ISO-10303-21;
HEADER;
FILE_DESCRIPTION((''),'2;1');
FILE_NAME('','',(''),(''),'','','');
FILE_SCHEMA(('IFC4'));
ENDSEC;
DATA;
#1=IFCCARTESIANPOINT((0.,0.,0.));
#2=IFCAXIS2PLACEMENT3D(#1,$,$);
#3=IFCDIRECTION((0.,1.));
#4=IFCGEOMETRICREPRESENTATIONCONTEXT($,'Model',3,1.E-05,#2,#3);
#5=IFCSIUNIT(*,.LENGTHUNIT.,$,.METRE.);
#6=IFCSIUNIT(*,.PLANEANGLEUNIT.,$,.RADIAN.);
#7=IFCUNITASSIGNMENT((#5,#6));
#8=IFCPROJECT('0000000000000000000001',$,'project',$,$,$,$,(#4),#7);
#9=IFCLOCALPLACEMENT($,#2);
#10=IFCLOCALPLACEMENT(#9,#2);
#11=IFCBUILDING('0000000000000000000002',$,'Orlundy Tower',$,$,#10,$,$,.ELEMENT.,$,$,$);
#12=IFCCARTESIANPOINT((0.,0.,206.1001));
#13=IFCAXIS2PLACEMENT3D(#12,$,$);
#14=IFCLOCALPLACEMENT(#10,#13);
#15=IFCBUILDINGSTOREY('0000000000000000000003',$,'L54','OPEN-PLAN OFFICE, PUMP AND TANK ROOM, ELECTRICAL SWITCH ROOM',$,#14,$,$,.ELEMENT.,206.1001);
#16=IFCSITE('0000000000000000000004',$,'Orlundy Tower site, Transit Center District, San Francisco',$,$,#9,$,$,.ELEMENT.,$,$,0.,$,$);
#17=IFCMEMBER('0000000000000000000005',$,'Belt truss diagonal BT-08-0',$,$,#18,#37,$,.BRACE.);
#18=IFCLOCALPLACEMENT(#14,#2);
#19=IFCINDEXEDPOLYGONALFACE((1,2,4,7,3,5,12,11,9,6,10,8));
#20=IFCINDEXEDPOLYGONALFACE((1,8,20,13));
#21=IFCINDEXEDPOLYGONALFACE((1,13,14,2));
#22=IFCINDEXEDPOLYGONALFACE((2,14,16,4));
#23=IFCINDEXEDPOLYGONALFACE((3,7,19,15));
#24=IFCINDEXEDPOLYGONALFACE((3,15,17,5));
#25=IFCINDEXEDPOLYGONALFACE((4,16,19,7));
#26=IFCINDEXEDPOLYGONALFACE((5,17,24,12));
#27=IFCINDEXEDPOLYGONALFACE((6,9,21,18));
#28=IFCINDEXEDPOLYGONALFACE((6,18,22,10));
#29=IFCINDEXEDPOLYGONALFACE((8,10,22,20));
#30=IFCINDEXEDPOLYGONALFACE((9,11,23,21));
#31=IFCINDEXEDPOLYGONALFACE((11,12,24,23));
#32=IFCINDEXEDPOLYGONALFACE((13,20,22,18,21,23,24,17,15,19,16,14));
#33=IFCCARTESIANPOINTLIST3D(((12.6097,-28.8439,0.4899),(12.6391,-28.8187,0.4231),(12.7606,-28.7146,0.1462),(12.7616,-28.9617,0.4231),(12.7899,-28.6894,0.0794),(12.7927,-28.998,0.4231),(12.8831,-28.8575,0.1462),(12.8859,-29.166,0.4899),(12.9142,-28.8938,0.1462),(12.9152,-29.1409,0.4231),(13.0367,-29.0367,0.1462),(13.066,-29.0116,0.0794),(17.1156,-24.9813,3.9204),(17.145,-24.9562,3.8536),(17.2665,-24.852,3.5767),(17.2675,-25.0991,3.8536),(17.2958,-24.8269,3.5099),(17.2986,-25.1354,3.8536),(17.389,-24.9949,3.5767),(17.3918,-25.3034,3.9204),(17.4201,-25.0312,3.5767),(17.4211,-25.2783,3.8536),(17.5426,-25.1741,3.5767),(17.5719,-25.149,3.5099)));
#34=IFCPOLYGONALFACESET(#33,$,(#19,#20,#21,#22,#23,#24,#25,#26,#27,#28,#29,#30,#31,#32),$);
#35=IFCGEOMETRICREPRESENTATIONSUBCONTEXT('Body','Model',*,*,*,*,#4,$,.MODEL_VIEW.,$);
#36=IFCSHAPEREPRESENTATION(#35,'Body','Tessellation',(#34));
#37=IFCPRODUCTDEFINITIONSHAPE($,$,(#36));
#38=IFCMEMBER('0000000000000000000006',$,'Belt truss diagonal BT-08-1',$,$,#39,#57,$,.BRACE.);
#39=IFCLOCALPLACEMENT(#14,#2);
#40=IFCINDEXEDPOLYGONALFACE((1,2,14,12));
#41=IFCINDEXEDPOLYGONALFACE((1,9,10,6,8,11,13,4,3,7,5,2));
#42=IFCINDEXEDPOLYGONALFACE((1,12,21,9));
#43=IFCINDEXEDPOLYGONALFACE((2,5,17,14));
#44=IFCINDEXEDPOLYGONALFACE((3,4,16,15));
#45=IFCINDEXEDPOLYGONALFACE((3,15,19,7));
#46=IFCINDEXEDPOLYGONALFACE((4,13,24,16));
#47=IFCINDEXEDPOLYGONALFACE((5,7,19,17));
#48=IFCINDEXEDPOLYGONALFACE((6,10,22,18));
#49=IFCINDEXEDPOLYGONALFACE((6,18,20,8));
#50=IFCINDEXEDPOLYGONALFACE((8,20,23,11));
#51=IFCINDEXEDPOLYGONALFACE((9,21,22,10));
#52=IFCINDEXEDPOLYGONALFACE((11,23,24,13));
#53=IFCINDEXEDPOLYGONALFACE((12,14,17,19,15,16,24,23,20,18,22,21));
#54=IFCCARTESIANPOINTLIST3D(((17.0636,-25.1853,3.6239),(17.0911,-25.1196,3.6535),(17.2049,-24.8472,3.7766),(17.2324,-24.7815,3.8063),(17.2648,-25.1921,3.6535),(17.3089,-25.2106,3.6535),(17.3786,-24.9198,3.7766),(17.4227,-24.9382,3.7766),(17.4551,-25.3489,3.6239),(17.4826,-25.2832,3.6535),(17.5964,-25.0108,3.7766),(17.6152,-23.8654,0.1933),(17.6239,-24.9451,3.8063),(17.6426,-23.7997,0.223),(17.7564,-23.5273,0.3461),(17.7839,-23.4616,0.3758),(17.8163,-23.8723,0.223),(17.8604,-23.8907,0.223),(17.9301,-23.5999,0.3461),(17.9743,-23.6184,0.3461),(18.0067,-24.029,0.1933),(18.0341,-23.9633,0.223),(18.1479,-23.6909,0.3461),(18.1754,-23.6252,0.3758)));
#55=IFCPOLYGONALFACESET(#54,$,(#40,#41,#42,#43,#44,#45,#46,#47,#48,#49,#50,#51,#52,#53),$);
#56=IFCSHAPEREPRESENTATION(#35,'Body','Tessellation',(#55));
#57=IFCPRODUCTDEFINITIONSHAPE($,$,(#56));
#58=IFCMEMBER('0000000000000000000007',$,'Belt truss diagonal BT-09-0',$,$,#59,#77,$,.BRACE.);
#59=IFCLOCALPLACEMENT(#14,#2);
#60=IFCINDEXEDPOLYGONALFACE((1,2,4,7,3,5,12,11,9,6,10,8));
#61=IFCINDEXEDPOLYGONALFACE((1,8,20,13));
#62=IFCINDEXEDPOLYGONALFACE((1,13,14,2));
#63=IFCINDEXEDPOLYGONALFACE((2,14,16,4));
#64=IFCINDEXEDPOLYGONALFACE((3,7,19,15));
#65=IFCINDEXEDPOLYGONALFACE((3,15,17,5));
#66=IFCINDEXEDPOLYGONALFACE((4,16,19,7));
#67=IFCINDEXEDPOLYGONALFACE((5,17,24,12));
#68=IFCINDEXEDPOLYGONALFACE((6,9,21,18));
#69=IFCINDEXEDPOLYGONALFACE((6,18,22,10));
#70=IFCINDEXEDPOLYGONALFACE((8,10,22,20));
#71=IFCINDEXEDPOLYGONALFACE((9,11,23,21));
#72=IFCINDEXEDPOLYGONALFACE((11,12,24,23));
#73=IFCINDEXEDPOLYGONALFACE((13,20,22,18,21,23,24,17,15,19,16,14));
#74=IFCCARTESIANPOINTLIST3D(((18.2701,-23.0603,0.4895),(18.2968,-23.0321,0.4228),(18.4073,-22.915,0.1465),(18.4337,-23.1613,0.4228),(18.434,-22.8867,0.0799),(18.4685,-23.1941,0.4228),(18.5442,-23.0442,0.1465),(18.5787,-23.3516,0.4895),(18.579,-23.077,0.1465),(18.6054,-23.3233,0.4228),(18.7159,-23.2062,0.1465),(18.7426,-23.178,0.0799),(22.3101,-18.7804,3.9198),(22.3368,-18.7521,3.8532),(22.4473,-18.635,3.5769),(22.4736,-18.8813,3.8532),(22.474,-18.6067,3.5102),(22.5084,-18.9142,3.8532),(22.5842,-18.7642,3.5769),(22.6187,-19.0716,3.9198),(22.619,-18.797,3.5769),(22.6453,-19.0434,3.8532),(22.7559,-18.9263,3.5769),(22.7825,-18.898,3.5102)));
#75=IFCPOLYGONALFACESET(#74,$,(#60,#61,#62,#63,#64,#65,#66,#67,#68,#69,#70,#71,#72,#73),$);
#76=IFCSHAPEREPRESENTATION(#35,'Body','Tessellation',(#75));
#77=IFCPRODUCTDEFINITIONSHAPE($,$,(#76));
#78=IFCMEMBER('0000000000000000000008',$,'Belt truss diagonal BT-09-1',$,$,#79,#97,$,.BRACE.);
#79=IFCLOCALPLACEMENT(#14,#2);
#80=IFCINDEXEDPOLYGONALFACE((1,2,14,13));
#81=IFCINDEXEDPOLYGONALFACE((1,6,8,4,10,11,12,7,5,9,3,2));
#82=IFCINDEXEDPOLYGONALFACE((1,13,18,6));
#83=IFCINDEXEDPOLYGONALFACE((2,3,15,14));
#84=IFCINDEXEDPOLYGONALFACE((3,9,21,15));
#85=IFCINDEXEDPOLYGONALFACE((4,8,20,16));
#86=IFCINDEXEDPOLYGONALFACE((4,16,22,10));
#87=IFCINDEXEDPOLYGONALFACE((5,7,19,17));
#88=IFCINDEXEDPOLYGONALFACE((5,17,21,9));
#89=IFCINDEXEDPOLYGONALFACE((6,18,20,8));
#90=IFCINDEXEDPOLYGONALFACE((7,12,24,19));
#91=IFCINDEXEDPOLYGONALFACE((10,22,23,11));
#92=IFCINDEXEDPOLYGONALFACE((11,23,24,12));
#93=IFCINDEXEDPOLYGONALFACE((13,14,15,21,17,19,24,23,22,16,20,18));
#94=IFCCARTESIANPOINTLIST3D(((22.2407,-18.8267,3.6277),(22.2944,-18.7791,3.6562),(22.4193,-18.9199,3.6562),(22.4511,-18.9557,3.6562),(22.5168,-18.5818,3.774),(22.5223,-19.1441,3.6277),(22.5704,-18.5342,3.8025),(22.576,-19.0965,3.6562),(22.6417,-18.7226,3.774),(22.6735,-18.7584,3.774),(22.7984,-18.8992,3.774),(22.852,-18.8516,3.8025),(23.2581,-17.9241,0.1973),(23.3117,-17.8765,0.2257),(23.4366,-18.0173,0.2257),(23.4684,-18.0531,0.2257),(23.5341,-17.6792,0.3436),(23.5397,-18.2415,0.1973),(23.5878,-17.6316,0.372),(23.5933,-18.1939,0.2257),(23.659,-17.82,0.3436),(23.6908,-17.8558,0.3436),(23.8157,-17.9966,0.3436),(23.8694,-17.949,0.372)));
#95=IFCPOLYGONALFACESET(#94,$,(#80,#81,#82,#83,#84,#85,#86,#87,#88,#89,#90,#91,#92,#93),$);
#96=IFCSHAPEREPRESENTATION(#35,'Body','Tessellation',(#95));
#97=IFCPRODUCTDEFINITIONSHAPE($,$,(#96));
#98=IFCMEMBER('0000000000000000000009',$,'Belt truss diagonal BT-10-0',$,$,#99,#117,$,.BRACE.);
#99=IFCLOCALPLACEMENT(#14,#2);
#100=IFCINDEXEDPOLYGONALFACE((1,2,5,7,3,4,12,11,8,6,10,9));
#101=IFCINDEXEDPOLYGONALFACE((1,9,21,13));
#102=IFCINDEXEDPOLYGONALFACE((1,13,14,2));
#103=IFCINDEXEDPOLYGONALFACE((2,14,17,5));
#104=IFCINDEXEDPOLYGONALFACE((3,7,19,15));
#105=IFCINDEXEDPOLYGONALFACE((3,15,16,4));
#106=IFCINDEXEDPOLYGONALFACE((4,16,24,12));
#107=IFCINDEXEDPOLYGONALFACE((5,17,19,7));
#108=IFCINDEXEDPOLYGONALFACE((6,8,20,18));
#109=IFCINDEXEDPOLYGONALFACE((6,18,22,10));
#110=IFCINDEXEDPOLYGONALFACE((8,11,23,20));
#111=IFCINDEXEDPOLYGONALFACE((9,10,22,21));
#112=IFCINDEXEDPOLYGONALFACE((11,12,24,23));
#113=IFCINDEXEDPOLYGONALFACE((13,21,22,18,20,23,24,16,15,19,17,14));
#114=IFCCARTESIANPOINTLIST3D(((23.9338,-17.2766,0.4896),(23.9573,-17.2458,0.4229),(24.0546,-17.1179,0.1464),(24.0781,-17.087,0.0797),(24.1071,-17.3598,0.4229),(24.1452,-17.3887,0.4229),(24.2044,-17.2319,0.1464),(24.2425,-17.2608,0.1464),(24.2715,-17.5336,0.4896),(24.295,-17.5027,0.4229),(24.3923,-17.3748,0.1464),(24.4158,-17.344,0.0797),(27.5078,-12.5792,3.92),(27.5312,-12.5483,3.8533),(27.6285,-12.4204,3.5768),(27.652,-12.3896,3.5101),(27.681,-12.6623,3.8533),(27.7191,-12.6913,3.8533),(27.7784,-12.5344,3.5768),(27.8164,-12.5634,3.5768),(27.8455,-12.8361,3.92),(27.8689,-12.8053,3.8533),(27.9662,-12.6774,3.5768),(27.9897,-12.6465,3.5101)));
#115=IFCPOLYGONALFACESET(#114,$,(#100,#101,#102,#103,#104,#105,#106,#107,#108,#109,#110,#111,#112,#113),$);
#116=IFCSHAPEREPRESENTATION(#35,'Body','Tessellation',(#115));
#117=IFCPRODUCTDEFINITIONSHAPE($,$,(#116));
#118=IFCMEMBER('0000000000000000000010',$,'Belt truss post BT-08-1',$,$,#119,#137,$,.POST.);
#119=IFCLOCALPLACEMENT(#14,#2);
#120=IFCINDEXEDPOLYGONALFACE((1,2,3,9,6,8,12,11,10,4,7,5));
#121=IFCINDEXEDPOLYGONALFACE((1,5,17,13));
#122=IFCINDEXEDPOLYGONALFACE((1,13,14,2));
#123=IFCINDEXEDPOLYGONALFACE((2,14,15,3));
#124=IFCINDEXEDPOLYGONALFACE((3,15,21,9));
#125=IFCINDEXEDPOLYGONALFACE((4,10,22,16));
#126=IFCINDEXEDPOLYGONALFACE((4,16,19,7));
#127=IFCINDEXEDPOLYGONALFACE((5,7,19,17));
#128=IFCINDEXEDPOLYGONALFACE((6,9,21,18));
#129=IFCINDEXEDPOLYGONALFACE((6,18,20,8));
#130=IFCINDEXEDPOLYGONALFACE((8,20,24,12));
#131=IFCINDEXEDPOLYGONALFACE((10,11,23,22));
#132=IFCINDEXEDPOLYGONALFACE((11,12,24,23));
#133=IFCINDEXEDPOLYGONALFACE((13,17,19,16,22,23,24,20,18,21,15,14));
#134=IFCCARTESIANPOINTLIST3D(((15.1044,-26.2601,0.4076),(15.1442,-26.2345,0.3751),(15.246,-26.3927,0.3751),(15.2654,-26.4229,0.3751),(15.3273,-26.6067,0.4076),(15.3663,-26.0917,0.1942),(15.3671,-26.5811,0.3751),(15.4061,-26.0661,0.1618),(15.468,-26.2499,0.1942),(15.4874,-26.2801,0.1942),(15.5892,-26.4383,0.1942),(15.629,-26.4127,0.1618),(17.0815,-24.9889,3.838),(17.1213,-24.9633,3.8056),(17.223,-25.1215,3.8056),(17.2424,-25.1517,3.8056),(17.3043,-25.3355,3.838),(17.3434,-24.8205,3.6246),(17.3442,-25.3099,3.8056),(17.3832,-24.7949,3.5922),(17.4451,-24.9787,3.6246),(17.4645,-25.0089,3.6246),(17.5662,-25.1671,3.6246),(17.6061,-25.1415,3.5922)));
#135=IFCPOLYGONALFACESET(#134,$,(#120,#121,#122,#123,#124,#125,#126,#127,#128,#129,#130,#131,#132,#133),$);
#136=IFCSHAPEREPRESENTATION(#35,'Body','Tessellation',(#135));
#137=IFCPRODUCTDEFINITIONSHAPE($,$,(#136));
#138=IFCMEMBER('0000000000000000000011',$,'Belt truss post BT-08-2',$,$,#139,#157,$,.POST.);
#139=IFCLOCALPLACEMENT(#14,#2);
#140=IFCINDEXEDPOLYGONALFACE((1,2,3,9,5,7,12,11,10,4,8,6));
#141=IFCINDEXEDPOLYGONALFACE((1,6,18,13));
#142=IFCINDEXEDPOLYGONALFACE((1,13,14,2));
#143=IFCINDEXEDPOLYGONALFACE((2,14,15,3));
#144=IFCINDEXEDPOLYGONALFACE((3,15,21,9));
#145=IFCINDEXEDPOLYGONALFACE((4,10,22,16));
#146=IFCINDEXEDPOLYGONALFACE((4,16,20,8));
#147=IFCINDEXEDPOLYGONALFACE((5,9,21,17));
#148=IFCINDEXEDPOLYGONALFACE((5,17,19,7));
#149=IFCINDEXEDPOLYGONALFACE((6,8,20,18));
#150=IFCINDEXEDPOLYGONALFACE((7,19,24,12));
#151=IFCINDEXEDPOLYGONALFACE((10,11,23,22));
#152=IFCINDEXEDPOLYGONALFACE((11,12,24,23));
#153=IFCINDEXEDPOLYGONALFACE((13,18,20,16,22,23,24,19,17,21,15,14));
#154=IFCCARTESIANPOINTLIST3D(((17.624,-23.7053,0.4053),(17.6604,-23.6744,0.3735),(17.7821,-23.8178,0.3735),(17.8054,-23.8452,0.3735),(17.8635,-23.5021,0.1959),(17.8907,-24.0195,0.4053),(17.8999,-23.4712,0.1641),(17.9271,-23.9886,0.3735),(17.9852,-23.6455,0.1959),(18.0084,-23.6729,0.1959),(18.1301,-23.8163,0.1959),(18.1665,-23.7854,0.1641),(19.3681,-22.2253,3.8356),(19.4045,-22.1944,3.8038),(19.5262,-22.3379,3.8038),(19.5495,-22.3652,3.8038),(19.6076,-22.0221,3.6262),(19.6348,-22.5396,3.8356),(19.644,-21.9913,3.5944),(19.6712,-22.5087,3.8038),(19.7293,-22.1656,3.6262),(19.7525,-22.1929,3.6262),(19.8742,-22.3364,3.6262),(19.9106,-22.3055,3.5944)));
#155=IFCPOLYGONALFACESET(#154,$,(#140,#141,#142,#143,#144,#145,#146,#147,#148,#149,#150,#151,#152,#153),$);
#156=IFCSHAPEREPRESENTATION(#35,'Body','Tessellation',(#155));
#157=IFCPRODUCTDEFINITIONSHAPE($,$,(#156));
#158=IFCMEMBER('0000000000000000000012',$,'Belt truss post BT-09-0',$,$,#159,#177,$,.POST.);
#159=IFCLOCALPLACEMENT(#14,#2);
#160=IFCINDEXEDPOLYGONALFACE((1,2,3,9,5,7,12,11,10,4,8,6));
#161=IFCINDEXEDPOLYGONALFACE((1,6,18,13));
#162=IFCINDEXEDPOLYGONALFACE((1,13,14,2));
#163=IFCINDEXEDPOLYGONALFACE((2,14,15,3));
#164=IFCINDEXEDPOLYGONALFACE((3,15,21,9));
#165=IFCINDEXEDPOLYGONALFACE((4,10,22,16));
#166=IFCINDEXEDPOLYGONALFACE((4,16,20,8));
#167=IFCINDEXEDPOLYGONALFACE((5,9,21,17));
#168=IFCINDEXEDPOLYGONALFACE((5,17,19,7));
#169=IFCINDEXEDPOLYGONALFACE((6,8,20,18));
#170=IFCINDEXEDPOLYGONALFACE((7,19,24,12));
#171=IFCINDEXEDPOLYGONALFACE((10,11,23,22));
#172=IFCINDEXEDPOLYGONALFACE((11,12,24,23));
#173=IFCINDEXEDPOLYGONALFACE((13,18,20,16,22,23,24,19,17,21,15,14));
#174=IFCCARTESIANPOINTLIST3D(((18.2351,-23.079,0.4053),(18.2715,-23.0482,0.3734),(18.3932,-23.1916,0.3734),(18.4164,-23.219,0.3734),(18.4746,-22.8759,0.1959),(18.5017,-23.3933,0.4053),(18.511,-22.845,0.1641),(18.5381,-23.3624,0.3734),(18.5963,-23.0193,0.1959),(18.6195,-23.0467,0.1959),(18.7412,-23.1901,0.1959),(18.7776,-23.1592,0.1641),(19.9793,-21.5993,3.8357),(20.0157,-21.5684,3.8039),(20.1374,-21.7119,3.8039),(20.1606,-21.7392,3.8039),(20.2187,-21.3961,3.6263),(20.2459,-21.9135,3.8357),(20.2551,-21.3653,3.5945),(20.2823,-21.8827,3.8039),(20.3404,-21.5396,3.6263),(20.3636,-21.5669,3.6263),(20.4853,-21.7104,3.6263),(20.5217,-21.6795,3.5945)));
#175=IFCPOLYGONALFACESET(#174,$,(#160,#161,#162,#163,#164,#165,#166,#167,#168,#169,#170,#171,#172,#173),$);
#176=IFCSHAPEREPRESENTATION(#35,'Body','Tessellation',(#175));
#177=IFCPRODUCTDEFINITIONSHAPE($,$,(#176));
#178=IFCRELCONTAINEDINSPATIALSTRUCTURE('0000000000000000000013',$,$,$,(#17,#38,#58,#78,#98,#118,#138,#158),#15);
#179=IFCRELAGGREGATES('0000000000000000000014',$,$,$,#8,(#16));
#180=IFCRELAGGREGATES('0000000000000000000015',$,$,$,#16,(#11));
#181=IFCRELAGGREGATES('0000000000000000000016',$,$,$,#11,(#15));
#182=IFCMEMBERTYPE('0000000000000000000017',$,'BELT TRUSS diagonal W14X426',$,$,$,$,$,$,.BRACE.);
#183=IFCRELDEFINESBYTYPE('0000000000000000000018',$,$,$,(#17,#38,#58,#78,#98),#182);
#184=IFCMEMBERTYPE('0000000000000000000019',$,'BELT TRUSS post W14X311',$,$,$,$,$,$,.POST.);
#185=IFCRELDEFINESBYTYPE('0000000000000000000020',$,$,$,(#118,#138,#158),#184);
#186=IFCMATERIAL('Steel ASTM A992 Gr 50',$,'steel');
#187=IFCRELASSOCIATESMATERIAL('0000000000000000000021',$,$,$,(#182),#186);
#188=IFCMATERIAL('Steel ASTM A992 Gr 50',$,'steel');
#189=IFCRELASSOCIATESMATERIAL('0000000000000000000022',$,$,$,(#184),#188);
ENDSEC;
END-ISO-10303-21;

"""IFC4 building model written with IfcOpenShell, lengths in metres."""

from ifc_helpers import new_model, si_unit, direction, frame, origin, origin_2d, place, context, subcontext, project, spatial, i_section, extrude, material, material_profile, profile_set, type_object, element, save


model = new_model("IFC4")

# Units and contexts
model_context = context("Model", 3, precision=1e-05, world=origin(), true_north=direction((0.0, 1.0)))
body_context = subcontext(model_context, "Body", "Model", "MODEL_VIEW")
ifc_project = project(units=[si_unit("LENGTHUNIT", "METRE"), si_unit("PLANEANGLEUNIT", "RADIAN")], contexts=[model_context])

# Site, building, storey
site_placement = place(None, origin())
site = spatial("IfcSite", under=ifc_project, at=site_placement, Name="Orlundy Tower site, Transit Center District, San Francisco", CompositionType="ELEMENT", RefElevation=0.0)
building_placement = place(site_placement, origin())
building = spatial("IfcBuilding", under=site, at=building_placement, Name="Orlundy Tower", CompositionType="ELEMENT")
storey_placement = place(building_placement, frame((0.0, 0.0, 206.1001)))
storey = spatial("IfcBuildingStorey", under=building, at=storey_placement, Name="L54", Description="OPEN-PLAN OFFICE, PUMP AND TANK ROOM, ELECTRICAL SWITCH ROOM", CompositionType="ELEMENT", Elevation=206.1001)

# Members
ifc_material_1 = material(Name="Steel ASTM A992 Gr 50", Category="steel")
ifc_material_profile_1 = material_profile(ifc_material_1, i_section(OverallWidth=0.4243, OverallDepth=0.4741, WebThickness=0.0479, FlangeThickness=0.0771, at=origin_2d()), Name="W14X426")
ifc_profile_set_1 = profile_set([ifc_material_profile_1], Name="Steel ASTM A992 Gr 50")
member_type_1 = type_object("IfcMemberType", Name="BELT TRUSS diagonal W14X426", PredefinedType="BRACE", material=ifc_profile_set_1)
member_1_placement = place(storey_placement, frame((12.8379, -28.9277, 0.2847), z_axis=(0.657318, 0.563472, 0.500432), x_axis=(-0.650829, 0.759225, 0.0)))
element("IfcMember", 1, at=member_1_placement, inside=storey, type_object=member_type_1, Name="Belt truss diagonal BT-08-0", PredefinedType="BRACE", context=body_context, shape_type="SweptSolid", body=[
    extrude(i_section(OverallWidth=0.4243, OverallDepth=0.4741, WebThickness=0.0479, FlangeThickness=0.0771, at=origin_2d()), origin(), (0.0, 0.0, 1.0), 6.855),
])
member_2_placement = place(storey_placement, frame((17.3438, -25.0652, 3.7151), z_axis=(0.148388, 0.355106, -0.922974), x_axis=(-0.922683, 0.38556, 0.0)))
element("IfcMember", 2, at=member_2_placement, inside=storey, type_object=member_type_1, Name="Belt truss diagonal BT-08-1", PredefinedType="BRACE", context=body_context, shape_type="SweptSolid", body=[
    extrude(i_section(OverallWidth=0.4243, OverallDepth=0.4741, WebThickness=0.0479, FlangeThickness=0.0771, at=origin_2d()), origin(), (0.0, 0.0, 1.0), 3.7168),
])
member_3_placement = place(storey_placement, frame((18.5063, -23.1191, 0.2847), z_axis=(0.593045, 0.628273, 0.503558), x_axis=(-0.727201, 0.686425, 0.0)))
element("IfcMember", 3, at=member_3_placement, inside=storey, type_object=member_type_1, Name="Belt truss diagonal BT-09-0", PredefinedType="BRACE", context=body_context, shape_type="SweptSolid", body=[
    extrude(i_section(OverallWidth=0.4243, OverallDepth=0.4741, WebThickness=0.0479, FlangeThickness=0.0771, at=origin_2d()), origin(), (0.0, 0.0, 1.0), 6.8123),
])
member_4_placement = place(storey_placement, frame((22.5464, -18.8391, 3.7151), z_axis=(0.275687, 0.244592, -0.929608), x_axis=(-0.663662, 0.748033, 0.0)))
element("IfcMember", 4, at=member_4_placement, inside=storey, type_object=member_type_1, Name="Belt truss diagonal BT-09-1", PredefinedType="BRACE", context=body_context, shape_type="SweptSolid", body=[
    extrude(i_section(OverallWidth=0.4243, OverallDepth=0.4741, WebThickness=0.0479, FlangeThickness=0.0771, at=origin_2d()), origin(), (0.0, 0.0, 1.0), 3.6902),
])
member_5_placement = place(storey_placement, frame((24.1748, -17.3103, 0.2847), z_axis=(0.523507, 0.68808, 0.50248), x_axis=(-0.795846, 0.605498, 0.0)))
element("IfcMember", 5, at=member_5_placement, inside=storey, type_object=member_type_1, Name="Belt truss diagonal BT-10-0", PredefinedType="BRACE", context=body_context, shape_type="SweptSolid", body=[
    extrude(i_section(OverallWidth=0.4243, OverallDepth=0.4741, WebThickness=0.0479, FlangeThickness=0.0771, at=origin_2d()), origin(), (0.0, 0.0, 1.0), 6.8269),
])
ifc_material_2 = material(Name="Steel ASTM A992 Gr 50", Category="steel")
ifc_material_profile_2 = material_profile(ifc_material_2, i_section(OverallWidth=0.4121, OverallDepth=0.4348, WebThickness=0.0359, FlangeThickness=0.0574, at=origin_2d()), Name="W14X311")
ifc_profile_set_2 = profile_set([ifc_material_profile_2], Name="Steel ASTM A992 Gr 50")
member_type_2 = type_object("IfcMemberType", Name="BELT TRUSS post W14X311", PredefinedType="POST", material=ifc_profile_set_2)
member_6_placement = place(storey_placement, frame((15.3667, -26.3364, 0.2847), z_axis=(0.475432, 0.305702, 0.824931), x_axis=(-0.540842, 0.841124, 0.0)))
element("IfcMember", 6, at=member_6_placement, inside=storey, type_object=member_type_2, Name="Belt truss post BT-08-1", PredefinedType="POST", context=body_context, shape_type="SweptSolid", body=[
    extrude(i_section(OverallWidth=0.4121, OverallDepth=0.4348, WebThickness=0.0359, FlangeThickness=0.0574, at=origin_2d()), origin(), (0.0, 0.0, 1.0), 4.1584),
])
for number, where, z_axis, x_axis, name in (
    (7, (17.8953, -23.7454, 0.2847), (0.423014, 0.358946, 0.831995), (-0.647004, 0.762487, 0.0), "Belt truss post BT-08-2"),
    (8, (18.5063, -23.1191, 0.2847), (0.423023, 0.358895, 0.832013), (-0.646942, 0.762539, 0.0), "Belt truss post BT-09-0"),
):
    element("IfcMember", number, at=place(storey_placement, frame(where, z_axis=z_axis, x_axis=x_axis)), inside=storey, type_object=member_type_2, Name=name, PredefinedType="POST", context=body_context, shape_type="SweptSolid", body=[
        extrude(i_section(OverallWidth=0.4121, OverallDepth=0.4348, WebThickness=0.0359, FlangeThickness=0.0574, at=origin_2d()), origin(), (0.0, 0.0, 1.0), 4.123),
    ])

save(model, "model.ifc")
